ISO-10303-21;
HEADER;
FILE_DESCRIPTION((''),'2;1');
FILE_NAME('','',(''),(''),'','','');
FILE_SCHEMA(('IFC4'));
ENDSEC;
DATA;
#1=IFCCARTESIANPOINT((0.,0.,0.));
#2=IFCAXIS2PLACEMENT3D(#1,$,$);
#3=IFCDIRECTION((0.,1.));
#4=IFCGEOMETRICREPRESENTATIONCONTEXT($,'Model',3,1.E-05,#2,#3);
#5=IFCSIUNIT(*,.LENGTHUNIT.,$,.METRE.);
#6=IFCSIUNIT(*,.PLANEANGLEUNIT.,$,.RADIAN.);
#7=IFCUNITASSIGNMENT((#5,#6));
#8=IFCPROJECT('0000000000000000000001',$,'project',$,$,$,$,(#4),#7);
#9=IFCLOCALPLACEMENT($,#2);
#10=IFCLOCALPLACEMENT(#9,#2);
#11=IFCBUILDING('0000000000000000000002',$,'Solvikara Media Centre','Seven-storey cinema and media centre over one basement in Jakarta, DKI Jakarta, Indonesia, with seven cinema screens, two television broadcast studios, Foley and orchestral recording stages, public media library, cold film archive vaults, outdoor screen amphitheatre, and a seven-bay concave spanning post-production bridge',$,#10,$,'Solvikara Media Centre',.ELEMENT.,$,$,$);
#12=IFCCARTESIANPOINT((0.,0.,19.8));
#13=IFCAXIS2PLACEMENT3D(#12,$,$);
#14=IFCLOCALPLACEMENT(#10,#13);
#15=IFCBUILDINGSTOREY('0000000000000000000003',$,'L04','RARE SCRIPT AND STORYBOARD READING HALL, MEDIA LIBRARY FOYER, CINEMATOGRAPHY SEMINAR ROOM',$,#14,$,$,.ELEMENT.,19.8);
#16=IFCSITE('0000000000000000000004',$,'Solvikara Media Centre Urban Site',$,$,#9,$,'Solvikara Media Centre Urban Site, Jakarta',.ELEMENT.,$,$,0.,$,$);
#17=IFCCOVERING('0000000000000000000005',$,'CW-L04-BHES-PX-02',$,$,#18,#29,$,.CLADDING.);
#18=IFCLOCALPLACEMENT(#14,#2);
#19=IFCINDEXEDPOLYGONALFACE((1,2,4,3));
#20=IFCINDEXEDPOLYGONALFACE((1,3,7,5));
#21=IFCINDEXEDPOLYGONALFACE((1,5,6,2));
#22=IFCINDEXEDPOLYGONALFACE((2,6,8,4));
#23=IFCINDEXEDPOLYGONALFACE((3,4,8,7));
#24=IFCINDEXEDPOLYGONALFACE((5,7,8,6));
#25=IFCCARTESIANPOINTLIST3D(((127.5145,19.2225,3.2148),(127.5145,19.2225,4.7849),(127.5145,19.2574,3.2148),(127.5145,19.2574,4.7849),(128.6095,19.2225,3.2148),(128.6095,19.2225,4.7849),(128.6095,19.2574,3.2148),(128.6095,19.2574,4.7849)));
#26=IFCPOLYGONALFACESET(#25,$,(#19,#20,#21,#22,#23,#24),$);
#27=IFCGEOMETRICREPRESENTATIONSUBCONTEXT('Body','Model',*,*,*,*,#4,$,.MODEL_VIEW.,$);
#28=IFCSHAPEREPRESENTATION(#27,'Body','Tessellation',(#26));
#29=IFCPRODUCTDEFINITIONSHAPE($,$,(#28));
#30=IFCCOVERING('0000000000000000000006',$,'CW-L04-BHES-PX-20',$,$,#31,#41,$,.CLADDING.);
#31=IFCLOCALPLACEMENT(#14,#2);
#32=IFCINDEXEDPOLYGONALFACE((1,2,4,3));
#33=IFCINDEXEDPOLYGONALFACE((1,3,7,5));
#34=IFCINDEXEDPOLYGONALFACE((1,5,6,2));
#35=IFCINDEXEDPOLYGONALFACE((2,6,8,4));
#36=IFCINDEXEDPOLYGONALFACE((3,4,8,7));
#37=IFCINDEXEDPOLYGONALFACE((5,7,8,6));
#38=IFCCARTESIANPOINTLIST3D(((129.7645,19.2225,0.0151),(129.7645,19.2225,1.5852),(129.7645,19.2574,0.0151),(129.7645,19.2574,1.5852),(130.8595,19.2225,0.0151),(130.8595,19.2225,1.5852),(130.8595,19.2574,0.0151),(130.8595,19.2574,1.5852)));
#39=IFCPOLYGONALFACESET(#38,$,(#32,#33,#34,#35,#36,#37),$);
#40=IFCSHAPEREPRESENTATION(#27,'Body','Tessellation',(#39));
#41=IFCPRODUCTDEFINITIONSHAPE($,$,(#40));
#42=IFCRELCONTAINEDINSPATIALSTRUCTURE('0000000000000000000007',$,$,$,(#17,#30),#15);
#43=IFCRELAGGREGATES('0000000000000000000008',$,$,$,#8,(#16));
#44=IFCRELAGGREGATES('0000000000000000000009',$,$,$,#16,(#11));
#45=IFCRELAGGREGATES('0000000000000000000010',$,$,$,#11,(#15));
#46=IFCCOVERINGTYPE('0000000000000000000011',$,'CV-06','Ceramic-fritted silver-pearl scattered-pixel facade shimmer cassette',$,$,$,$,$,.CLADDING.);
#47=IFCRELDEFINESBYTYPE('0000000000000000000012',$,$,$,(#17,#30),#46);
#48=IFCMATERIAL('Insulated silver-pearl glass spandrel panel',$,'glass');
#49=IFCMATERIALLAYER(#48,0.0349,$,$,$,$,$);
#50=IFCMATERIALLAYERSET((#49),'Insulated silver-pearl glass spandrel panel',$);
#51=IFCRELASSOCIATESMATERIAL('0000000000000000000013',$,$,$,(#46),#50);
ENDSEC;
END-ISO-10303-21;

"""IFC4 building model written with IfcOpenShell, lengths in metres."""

from ifc_helpers import new_model, si_unit, direction, frame, origin, origin_2d, place, context, subcontext, project, spatial, rectangle, extrude, material, layer, layer_set, type_object, element, save


model = new_model("IFC4")

# Units and contexts
model_context = context("Model", 3, precision=1e-05, world=origin(), true_north=direction((0.0, 1.0)))
body_context = subcontext(model_context, "Body", "Model", "MODEL_VIEW")
ifc_project = project(units=[si_unit("LENGTHUNIT", "METRE"), si_unit("PLANEANGLEUNIT", "RADIAN")], contexts=[model_context])

# Site, building, storey
site_placement = place(None, origin())
site = spatial("IfcSite", under=ifc_project, at=site_placement, Name="Solvikara Media Centre Urban Site", LongName="Solvikara Media Centre Urban Site, Jakarta", CompositionType="ELEMENT", RefElevation=0.0)
building_placement = place(site_placement, origin())
building = spatial("IfcBuilding", under=site, at=building_placement, Name="Solvikara Media Centre", Description="Seven-storey cinema and media centre over one basement in Jakarta, DKI Jakarta, Indonesia, with seven cinema screens, two television broadcast studios, Foley and orchestral recording stages, public media library, cold film archive vaults, outdoor screen amphitheatre, and a seven-bay concave spanning post-production bridge", LongName="Solvikara Media Centre", CompositionType="ELEMENT")
storey_placement = place(building_placement, frame((0.0, 0.0, 19.8)))
storey = spatial("IfcBuildingStorey", under=building, at=storey_placement, Name="L04", Description="RARE SCRIPT AND STORYBOARD READING HALL, MEDIA LIBRARY FOYER, CINEMATOGRAPHY SEMINAR ROOM", CompositionType="ELEMENT", Elevation=19.8)

# Shared definitions
ifc_material_1 = material(Name="Insulated silver-pearl glass spandrel panel", Category="glass")

# Coverings
ifc_layer_1 = layer(ifc_material_1, 0.0349)
ifc_layer_set_1 = layer_set([ifc_layer_1], Name="Insulated silver-pearl glass spandrel panel")
covering_type_1 = type_object("IfcCoveringType", Name="CV-06", Description="Ceramic-fritted silver-pearl scattered-pixel facade shimmer cassette", PredefinedType="CLADDING", material=ifc_layer_set_1)
for number, where, z_axis, x_axis, name in (
    (1, (128.062, 19.24, 3.2148), (0.0, 0.0, 1.0), (1.0, 0.0, 0.0), "CW-L04-BHES-PX-02"),
    (2, (130.312, 19.24, 0.0151), (0.0, 0.0, 1.0), (1.0, 0.0, 0.0), "CW-L04-BHES-PX-20"),
):
    element("IfcCovering", number, at=place(storey_placement, frame(where, z_axis=z_axis, x_axis=x_axis)), inside=storey, type_object=covering_type_1, Name=name, PredefinedType="CLADDING", context=body_context, shape_type="SweptSolid", body=[
        extrude(rectangle(XDim=1.095, YDim=0.0349, at=origin_2d()), origin(), (0.0, 0.0, 1.0), 1.5701),
    ])

save(model, "model.ifc")
